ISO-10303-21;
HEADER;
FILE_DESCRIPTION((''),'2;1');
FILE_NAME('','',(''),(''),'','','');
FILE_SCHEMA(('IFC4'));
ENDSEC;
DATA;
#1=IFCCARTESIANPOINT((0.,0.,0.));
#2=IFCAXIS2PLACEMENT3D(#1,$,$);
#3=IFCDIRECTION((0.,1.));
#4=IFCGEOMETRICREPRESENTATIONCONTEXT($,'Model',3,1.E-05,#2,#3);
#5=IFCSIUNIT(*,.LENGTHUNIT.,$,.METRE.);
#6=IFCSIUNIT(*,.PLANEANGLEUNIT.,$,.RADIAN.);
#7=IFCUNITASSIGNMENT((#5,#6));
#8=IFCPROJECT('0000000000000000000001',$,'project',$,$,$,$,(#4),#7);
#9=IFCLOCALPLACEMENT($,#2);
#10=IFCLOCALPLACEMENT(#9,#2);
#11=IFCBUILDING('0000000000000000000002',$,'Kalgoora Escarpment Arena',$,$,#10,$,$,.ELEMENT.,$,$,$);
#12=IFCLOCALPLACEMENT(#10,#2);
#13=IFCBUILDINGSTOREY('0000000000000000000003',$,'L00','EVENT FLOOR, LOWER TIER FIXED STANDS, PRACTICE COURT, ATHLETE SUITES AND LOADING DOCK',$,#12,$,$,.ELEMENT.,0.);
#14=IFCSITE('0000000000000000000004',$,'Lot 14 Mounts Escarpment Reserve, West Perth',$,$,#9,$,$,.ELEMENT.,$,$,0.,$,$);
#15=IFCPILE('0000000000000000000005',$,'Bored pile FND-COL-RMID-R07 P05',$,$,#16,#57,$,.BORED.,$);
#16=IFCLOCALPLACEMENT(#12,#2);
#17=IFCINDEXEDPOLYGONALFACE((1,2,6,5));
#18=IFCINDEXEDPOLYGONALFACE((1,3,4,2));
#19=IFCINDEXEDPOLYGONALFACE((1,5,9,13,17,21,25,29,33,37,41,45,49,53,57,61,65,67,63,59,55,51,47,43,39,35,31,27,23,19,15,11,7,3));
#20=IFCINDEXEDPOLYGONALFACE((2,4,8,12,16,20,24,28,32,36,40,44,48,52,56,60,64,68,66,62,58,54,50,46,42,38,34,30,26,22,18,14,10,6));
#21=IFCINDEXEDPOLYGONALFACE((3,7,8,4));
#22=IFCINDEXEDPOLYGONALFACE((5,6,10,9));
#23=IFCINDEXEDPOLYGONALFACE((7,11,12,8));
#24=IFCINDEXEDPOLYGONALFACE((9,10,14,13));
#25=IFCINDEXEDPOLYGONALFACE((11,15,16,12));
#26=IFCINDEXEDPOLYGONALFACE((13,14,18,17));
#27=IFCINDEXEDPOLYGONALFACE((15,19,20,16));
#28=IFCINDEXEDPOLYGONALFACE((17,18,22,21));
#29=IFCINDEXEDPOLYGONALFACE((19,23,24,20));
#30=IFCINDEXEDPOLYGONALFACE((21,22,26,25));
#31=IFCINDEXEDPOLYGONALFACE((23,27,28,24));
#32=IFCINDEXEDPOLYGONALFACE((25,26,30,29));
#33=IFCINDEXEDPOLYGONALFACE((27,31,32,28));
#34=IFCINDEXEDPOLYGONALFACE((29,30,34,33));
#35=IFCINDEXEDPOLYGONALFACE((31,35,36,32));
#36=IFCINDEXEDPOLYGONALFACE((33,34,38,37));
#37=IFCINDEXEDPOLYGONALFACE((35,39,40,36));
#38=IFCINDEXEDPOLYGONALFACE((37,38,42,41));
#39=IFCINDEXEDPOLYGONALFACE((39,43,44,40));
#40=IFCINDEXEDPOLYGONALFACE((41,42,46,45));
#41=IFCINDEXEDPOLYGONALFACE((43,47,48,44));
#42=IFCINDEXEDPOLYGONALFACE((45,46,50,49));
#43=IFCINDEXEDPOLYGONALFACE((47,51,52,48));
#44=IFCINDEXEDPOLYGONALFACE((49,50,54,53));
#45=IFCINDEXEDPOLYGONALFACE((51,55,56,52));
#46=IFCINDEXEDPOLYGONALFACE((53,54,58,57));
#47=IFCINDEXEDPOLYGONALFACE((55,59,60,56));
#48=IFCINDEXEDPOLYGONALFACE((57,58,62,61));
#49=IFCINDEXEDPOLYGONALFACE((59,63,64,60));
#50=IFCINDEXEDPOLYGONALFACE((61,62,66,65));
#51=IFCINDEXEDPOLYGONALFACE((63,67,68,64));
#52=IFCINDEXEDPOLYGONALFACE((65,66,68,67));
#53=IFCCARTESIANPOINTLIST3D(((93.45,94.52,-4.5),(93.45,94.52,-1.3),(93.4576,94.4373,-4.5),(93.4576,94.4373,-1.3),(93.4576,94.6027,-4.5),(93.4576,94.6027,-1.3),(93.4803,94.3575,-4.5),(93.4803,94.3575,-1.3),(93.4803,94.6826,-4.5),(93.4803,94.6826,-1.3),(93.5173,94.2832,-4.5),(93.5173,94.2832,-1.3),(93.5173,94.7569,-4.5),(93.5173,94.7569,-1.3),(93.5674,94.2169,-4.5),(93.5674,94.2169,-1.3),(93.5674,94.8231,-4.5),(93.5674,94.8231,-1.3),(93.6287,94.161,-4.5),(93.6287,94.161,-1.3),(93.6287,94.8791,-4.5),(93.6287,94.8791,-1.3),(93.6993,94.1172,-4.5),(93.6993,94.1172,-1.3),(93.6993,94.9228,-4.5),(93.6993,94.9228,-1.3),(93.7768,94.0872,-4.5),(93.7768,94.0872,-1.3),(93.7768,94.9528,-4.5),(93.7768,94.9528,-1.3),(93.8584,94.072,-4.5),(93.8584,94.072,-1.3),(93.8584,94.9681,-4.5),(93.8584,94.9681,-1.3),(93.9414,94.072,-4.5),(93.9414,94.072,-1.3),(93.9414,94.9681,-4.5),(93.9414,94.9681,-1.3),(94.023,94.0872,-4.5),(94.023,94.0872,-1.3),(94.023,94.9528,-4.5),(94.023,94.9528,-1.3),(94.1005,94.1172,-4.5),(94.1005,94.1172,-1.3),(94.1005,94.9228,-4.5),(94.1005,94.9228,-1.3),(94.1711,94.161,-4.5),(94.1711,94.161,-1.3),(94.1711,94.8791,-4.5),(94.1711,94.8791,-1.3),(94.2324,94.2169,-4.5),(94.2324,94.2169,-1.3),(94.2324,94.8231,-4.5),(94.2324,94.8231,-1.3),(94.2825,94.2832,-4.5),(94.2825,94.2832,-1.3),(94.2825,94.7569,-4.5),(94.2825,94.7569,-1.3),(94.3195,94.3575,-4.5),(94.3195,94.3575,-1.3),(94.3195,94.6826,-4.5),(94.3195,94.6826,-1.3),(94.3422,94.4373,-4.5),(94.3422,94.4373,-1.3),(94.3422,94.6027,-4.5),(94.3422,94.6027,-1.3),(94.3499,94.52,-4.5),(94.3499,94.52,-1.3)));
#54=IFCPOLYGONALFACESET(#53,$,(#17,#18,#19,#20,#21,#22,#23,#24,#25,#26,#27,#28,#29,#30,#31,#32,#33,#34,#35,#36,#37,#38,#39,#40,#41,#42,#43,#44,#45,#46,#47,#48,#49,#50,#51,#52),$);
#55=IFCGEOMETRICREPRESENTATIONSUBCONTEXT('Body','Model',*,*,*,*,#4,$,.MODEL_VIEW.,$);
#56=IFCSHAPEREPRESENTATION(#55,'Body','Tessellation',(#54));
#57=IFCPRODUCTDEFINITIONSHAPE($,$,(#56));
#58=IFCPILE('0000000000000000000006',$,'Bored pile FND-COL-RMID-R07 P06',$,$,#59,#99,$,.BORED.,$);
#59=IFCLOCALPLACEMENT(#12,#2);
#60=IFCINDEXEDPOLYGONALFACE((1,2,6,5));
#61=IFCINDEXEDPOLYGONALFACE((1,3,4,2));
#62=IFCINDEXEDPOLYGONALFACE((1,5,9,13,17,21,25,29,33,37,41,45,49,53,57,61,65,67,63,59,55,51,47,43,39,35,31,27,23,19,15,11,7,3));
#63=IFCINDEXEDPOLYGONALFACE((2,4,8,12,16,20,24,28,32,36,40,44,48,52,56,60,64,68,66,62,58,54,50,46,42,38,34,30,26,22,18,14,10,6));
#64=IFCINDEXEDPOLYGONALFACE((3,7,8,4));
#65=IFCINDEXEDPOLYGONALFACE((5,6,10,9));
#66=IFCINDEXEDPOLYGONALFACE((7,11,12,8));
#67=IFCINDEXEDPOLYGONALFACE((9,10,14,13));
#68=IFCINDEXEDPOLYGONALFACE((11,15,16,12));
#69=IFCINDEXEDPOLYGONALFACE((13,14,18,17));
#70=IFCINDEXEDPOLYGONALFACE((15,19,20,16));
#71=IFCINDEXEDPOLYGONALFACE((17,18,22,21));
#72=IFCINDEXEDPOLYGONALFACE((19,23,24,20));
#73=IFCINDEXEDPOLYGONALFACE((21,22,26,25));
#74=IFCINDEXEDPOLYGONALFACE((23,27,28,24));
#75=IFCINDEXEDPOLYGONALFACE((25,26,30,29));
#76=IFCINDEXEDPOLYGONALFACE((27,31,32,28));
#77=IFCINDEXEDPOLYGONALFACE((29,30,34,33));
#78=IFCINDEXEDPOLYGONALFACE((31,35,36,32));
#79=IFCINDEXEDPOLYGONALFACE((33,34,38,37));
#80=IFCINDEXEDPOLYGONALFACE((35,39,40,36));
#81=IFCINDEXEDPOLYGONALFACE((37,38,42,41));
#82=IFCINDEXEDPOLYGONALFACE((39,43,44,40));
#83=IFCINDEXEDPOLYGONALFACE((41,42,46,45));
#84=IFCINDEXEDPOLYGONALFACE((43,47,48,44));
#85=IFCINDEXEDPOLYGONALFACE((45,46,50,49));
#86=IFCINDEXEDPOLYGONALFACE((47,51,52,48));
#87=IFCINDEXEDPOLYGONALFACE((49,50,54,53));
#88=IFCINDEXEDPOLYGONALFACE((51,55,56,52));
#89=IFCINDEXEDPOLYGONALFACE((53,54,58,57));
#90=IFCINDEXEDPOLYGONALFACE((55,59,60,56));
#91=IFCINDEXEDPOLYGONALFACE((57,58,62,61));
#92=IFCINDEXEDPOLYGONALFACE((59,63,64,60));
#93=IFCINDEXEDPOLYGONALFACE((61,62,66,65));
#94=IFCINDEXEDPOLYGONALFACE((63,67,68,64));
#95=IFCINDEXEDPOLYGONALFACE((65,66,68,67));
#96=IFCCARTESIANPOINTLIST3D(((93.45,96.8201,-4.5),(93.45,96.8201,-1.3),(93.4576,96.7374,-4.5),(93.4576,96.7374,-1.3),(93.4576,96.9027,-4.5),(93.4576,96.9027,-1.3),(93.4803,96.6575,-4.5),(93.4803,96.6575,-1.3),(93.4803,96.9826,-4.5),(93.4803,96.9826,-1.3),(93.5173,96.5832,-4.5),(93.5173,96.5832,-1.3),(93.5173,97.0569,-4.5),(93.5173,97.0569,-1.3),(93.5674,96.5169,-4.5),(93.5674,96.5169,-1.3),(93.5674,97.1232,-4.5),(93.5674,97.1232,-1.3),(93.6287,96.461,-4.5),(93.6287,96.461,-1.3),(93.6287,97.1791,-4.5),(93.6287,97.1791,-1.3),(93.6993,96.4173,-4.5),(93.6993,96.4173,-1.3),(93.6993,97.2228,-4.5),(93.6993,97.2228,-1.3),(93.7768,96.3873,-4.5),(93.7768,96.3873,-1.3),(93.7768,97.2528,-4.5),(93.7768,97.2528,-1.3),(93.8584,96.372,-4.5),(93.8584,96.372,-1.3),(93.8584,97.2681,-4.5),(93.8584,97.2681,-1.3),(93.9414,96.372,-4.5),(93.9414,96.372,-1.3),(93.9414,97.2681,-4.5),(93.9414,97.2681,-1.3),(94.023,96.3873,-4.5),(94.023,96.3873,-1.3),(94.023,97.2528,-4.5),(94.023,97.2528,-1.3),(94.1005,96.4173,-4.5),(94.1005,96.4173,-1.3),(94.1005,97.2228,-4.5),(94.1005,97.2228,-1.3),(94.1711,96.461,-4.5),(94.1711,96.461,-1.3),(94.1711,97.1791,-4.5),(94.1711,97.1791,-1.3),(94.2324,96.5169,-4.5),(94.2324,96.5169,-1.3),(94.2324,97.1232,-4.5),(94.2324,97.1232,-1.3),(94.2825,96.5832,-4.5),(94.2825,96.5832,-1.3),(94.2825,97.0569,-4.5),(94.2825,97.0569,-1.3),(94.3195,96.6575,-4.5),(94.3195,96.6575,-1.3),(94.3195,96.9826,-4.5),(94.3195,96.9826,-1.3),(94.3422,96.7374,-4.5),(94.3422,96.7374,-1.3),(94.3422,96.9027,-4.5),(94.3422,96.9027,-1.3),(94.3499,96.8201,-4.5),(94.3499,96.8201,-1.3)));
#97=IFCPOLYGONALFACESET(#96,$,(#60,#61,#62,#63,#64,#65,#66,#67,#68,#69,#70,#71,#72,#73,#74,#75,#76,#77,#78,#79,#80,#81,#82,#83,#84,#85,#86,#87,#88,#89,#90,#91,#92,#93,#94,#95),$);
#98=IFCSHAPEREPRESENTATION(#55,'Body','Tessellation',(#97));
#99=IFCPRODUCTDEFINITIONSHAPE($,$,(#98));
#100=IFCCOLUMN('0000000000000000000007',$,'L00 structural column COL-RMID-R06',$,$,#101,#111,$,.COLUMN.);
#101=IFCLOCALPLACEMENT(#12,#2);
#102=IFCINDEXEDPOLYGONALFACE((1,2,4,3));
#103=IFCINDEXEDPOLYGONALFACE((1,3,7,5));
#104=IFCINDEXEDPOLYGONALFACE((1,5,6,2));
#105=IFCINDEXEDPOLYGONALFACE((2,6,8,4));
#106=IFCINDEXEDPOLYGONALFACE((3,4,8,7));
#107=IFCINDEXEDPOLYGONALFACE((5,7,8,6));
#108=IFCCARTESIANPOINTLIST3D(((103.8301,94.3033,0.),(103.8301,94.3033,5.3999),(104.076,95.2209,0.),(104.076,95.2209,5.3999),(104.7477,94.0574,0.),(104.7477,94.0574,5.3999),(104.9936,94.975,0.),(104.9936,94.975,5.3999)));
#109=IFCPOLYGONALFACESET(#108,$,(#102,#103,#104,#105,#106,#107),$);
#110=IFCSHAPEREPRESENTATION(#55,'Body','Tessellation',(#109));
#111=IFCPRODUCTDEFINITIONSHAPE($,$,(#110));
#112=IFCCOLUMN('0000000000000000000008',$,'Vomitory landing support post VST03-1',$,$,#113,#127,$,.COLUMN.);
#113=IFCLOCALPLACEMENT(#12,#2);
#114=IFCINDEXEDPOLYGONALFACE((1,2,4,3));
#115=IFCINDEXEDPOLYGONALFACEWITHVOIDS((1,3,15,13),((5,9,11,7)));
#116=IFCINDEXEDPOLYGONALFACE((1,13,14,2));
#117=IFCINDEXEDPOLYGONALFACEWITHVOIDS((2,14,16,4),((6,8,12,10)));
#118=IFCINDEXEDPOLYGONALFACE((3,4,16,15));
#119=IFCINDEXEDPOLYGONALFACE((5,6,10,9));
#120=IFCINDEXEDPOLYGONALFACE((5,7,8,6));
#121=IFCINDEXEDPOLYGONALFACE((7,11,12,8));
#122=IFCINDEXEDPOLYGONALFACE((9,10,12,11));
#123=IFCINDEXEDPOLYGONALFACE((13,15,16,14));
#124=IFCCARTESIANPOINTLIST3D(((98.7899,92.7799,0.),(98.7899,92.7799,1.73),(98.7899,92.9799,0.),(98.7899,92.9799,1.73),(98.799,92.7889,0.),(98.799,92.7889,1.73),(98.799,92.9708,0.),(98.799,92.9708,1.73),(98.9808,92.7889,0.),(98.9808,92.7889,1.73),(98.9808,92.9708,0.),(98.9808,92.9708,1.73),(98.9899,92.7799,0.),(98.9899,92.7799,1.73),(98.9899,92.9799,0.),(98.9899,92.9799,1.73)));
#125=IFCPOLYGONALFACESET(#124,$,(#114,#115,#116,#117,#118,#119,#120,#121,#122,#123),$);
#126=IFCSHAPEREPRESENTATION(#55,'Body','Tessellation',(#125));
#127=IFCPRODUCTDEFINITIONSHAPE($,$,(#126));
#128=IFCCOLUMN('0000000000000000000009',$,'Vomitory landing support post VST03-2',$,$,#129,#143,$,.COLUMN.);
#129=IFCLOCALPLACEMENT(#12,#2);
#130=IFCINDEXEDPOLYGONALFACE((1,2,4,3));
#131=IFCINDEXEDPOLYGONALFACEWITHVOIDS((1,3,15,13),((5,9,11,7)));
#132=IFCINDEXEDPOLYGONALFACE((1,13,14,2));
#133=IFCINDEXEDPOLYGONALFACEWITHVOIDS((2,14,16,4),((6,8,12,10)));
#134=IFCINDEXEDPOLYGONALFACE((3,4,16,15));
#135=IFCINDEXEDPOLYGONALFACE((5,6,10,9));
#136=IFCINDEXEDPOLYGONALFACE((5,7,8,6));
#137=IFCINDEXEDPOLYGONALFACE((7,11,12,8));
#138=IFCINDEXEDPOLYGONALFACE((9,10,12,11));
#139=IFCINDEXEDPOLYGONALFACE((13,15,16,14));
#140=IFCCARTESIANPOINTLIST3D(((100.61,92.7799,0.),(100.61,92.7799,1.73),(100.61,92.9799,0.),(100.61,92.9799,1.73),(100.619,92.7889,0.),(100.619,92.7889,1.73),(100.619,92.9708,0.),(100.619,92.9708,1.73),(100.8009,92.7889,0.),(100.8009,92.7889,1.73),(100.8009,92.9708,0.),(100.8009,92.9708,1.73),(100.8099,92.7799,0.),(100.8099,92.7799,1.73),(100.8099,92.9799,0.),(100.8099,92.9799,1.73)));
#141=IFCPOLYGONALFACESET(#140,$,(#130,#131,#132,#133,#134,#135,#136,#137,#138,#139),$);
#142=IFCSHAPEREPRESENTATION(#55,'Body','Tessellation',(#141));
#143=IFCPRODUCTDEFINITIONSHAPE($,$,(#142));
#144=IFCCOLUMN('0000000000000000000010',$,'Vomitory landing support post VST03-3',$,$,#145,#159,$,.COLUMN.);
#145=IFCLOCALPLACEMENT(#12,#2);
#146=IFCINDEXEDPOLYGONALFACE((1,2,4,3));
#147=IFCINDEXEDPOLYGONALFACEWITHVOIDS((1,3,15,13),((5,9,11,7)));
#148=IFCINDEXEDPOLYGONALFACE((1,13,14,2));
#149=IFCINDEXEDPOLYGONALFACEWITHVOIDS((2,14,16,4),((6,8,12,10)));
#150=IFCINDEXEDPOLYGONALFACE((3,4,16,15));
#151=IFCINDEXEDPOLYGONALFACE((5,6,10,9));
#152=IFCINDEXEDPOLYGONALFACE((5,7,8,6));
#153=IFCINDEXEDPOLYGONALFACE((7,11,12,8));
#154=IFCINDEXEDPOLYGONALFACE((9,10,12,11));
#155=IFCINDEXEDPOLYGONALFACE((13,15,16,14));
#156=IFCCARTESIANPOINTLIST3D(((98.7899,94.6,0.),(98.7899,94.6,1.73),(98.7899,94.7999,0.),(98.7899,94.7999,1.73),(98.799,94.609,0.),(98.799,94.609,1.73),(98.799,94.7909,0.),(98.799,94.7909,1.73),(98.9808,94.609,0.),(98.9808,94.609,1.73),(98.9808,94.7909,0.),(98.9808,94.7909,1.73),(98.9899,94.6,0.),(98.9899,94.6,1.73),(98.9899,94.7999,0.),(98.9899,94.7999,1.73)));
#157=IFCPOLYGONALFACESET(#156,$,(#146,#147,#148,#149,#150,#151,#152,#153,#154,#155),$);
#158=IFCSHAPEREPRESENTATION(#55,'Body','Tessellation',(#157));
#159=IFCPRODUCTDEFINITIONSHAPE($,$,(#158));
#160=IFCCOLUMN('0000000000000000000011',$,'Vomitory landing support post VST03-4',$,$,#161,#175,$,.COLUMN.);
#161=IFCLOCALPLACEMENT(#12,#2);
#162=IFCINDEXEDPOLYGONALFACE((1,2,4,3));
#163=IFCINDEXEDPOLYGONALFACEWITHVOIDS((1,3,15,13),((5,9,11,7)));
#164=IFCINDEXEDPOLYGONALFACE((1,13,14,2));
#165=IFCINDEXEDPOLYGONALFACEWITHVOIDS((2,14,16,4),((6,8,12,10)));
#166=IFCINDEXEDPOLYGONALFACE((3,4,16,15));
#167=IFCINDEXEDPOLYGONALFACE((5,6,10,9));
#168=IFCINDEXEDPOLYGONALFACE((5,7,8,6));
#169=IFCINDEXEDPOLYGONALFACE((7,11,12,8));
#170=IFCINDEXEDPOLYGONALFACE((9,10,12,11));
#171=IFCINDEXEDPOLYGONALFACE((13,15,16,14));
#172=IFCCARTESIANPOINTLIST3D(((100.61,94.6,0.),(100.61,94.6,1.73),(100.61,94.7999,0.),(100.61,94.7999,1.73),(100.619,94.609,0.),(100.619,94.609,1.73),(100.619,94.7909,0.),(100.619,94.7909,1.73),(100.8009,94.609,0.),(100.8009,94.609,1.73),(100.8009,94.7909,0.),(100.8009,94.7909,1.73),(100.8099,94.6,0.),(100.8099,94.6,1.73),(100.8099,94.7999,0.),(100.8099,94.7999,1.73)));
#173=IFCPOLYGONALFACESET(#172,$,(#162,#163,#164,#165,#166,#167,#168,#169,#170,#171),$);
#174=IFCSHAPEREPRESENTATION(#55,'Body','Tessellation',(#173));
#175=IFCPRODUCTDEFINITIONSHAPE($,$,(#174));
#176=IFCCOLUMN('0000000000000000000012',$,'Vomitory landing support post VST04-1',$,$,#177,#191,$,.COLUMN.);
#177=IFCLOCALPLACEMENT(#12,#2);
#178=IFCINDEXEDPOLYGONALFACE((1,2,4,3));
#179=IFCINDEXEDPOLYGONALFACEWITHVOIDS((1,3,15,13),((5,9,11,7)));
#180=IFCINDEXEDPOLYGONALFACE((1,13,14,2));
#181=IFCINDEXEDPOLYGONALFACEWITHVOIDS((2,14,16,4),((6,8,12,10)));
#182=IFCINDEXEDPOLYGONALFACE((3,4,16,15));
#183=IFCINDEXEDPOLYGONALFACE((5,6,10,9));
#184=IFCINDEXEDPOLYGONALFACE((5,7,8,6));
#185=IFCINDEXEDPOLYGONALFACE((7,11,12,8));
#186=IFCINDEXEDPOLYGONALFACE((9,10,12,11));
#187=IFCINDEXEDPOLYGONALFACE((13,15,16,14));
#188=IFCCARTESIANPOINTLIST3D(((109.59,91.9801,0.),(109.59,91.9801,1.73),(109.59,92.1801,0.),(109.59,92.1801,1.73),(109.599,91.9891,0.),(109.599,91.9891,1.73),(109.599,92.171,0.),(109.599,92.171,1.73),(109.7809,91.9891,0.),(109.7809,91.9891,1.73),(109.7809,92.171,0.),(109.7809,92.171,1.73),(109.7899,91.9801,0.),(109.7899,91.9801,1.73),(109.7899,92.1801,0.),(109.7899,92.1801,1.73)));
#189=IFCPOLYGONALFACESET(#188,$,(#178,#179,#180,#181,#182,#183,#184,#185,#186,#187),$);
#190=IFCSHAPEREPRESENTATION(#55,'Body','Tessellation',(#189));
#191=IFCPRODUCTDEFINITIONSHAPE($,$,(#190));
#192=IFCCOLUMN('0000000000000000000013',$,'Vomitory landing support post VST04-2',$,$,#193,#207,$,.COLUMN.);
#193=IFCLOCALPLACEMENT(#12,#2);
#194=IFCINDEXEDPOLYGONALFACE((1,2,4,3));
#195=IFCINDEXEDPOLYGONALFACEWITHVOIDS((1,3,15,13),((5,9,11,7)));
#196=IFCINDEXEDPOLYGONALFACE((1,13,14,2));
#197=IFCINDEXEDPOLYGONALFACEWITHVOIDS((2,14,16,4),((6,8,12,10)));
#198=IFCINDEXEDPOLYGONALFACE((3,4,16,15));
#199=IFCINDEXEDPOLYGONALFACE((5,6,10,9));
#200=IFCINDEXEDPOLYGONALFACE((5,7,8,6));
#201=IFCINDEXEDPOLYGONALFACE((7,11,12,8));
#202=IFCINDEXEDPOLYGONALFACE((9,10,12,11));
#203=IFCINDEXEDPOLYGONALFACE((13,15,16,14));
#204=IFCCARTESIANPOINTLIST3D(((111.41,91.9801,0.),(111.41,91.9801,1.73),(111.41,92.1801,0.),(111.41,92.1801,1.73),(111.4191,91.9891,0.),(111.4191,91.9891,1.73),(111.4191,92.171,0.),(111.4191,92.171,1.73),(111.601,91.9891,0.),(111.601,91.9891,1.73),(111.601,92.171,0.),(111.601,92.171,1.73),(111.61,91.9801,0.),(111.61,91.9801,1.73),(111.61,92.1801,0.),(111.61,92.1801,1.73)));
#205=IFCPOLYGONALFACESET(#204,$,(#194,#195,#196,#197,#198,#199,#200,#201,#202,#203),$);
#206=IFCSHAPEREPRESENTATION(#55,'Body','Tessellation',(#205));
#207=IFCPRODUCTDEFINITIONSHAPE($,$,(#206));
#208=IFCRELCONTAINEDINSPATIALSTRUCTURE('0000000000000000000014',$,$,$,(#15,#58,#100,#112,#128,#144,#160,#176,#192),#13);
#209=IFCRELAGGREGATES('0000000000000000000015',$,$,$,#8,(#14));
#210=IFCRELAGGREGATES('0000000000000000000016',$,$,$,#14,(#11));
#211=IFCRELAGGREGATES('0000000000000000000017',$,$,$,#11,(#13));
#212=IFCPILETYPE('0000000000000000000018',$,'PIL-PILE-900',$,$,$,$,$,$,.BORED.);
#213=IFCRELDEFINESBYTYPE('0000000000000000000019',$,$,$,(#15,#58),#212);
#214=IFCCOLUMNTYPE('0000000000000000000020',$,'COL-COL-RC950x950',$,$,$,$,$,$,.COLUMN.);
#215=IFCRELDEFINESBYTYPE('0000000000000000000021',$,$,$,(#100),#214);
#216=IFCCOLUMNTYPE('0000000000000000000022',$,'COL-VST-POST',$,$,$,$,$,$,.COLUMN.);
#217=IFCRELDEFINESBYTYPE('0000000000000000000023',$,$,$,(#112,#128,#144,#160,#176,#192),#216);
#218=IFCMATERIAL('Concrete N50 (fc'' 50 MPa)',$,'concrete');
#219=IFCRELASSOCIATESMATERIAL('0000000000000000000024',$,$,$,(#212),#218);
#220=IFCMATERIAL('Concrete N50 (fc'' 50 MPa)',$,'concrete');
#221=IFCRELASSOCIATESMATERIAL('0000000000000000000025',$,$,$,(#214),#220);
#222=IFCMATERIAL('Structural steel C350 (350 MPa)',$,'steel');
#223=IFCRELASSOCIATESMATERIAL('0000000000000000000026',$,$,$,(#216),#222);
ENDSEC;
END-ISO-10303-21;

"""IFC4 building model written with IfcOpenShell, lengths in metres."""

from ifc_helpers import new_model, si_unit, direction, frame, origin, origin_2d, place, context, subcontext, project, spatial, rectangle, hollow_rectangle, circle, extrude, material, material_profile, profile_set, type_object, element, save


model = new_model("IFC4")

# Units and contexts
model_context = context("Model", 3, precision=1e-05, world=origin(), true_north=direction((0.0, 1.0)))
body_context = subcontext(model_context, "Body", "Model", "MODEL_VIEW")
ifc_project = project(units=[si_unit("LENGTHUNIT", "METRE"), si_unit("PLANEANGLEUNIT", "RADIAN")], contexts=[model_context])

# Site, building, storey
site_placement = place(None, origin())
site = spatial("IfcSite", under=ifc_project, at=site_placement, Name="Lot 14 Mounts Escarpment Reserve, West Perth", CompositionType="ELEMENT", RefElevation=0.0)
building_placement = place(site_placement, origin())
building = spatial("IfcBuilding", under=site, at=building_placement, Name="Kalgoora Escarpment Arena", CompositionType="ELEMENT")
storey_placement = place(building_placement, origin())
storey = spatial("IfcBuildingStorey", under=building, at=storey_placement, Name="L00", Description="EVENT FLOOR, LOWER TIER FIXED STANDS, PRACTICE COURT, ATHLETE SUITES AND LOADING DOCK", CompositionType="ELEMENT", Elevation=0.0)

# Piles
ifc_material_1 = material(Name="Concrete N50 (fc' 50 MPa)", Category="concrete")
ifc_material_profile_1 = material_profile(ifc_material_1, circle(Radius=0.45, at=origin_2d()))
ifc_profile_set_1 = profile_set([ifc_material_profile_1], Name="Concrete N50 (fc' 50 MPa)")
pile_type = type_object("IfcPileType", Name="PIL-PILE-900", PredefinedType="BORED", material=ifc_profile_set_1)
for number, where, z_axis, x_axis, name in (
    (1, (93.8999, 94.52, -1.3), (0.0, 0.0, -1.0), (1.0, 0.0, 0.0), "Bored pile FND-COL-RMID-R07 P05"),
    (2, (93.8999, 96.8201, -1.3), (0.0, 0.0, -1.0), (1.0, 0.0, 0.0), "Bored pile FND-COL-RMID-R07 P06"),
):
    element("IfcPile", number, at=place(storey_placement, frame(where, z_axis=z_axis, x_axis=x_axis)), inside=storey, type_object=pile_type, Name=name, PredefinedType="BORED", context=body_context, shape_type="SweptSolid", body=[
        extrude(circle(Radius=0.45, at=origin_2d()), origin(), (0.0, 0.0, 1.0), 3.2),
    ])

# Columns
ifc_material_2 = material(Name="Concrete N50 (fc' 50 MPa)", Category="concrete")
ifc_material_profile_2 = material_profile(ifc_material_2, rectangle(XDim=0.95, YDim=0.95, at=origin_2d()))
ifc_profile_set_2 = profile_set([ifc_material_profile_2], Name="Concrete N50 (fc' 50 MPa)")
column_type_1 = type_object("IfcColumnType", Name="COL-COL-RC950x950", PredefinedType="COLUMN", material=ifc_profile_set_2)
column_placement = place(storey_placement, frame((104.4119, 94.6392, 0.0), z_axis=(0.0, 0.0, 1.0), x_axis=(0.258819, 0.965926, 0.0)))
element("IfcColumn", 3, at=column_placement, inside=storey, type_object=column_type_1, Name="L00 structural column COL-RMID-R06", PredefinedType="COLUMN", context=body_context, shape_type="SweptSolid", body=[
    extrude(rectangle(XDim=0.95, YDim=0.95, at=origin_2d()), origin(), (0.0, 0.0, 1.0), 5.3999),
])
ifc_material_3 = material(Name="Structural steel C350 (350 MPa)", Category="steel")
ifc_material_profile_3 = material_profile(ifc_material_3, hollow_rectangle(XDim=0.2, YDim=0.2, WallThickness=0.009, at=origin_2d()))
ifc_profile_set_3 = profile_set([ifc_material_profile_3], Name="Structural steel C350 (350 MPa)")
column_type_2 = type_object("IfcColumnType", Name="COL-VST-POST", PredefinedType="COLUMN", material=ifc_profile_set_3)
for number, where, z_axis, x_axis, name in (
    (4, (98.8899, 92.8799, 0.0), (0.0, 0.0, 1.0), (1.0, 0.0, 0.0), "Vomitory landing support post VST03-1"),
    (5, (100.71, 92.8799, 0.0), (0.0, 0.0, 1.0), (1.0, 0.0, 0.0), "Vomitory landing support post VST03-2"),
    (6, (98.8899, 94.7, 0.0), (0.0, 0.0, 1.0), (1.0, 0.0, 0.0), "Vomitory landing support post VST03-3"),
    (7, (100.71, 94.7, 0.0), (0.0, 0.0, 1.0), (1.0, 0.0, 0.0), "Vomitory landing support post VST03-4"),
    (8, (109.6899, 92.0801, 0.0), (0.0, 0.0, 1.0), (1.0, 0.0, 0.0), "Vomitory landing support post VST04-1"),
    (9, (111.51, 92.0801, 0.0), (0.0, 0.0, 1.0), (1.0, 0.0, 0.0), "Vomitory landing support post VST04-2"),
):
    element("IfcColumn", number, at=place(storey_placement, frame(where, z_axis=z_axis, x_axis=x_axis)), inside=storey, type_object=column_type_2, Name=name, PredefinedType="COLUMN", context=body_context, shape_type="SweptSolid", body=[
        extrude(hollow_rectangle(XDim=0.2, YDim=0.2, WallThickness=0.009, at=origin_2d()), origin(), (0.0, 0.0, 1.0), 1.73),
    ])

save(model, "model.ifc")
